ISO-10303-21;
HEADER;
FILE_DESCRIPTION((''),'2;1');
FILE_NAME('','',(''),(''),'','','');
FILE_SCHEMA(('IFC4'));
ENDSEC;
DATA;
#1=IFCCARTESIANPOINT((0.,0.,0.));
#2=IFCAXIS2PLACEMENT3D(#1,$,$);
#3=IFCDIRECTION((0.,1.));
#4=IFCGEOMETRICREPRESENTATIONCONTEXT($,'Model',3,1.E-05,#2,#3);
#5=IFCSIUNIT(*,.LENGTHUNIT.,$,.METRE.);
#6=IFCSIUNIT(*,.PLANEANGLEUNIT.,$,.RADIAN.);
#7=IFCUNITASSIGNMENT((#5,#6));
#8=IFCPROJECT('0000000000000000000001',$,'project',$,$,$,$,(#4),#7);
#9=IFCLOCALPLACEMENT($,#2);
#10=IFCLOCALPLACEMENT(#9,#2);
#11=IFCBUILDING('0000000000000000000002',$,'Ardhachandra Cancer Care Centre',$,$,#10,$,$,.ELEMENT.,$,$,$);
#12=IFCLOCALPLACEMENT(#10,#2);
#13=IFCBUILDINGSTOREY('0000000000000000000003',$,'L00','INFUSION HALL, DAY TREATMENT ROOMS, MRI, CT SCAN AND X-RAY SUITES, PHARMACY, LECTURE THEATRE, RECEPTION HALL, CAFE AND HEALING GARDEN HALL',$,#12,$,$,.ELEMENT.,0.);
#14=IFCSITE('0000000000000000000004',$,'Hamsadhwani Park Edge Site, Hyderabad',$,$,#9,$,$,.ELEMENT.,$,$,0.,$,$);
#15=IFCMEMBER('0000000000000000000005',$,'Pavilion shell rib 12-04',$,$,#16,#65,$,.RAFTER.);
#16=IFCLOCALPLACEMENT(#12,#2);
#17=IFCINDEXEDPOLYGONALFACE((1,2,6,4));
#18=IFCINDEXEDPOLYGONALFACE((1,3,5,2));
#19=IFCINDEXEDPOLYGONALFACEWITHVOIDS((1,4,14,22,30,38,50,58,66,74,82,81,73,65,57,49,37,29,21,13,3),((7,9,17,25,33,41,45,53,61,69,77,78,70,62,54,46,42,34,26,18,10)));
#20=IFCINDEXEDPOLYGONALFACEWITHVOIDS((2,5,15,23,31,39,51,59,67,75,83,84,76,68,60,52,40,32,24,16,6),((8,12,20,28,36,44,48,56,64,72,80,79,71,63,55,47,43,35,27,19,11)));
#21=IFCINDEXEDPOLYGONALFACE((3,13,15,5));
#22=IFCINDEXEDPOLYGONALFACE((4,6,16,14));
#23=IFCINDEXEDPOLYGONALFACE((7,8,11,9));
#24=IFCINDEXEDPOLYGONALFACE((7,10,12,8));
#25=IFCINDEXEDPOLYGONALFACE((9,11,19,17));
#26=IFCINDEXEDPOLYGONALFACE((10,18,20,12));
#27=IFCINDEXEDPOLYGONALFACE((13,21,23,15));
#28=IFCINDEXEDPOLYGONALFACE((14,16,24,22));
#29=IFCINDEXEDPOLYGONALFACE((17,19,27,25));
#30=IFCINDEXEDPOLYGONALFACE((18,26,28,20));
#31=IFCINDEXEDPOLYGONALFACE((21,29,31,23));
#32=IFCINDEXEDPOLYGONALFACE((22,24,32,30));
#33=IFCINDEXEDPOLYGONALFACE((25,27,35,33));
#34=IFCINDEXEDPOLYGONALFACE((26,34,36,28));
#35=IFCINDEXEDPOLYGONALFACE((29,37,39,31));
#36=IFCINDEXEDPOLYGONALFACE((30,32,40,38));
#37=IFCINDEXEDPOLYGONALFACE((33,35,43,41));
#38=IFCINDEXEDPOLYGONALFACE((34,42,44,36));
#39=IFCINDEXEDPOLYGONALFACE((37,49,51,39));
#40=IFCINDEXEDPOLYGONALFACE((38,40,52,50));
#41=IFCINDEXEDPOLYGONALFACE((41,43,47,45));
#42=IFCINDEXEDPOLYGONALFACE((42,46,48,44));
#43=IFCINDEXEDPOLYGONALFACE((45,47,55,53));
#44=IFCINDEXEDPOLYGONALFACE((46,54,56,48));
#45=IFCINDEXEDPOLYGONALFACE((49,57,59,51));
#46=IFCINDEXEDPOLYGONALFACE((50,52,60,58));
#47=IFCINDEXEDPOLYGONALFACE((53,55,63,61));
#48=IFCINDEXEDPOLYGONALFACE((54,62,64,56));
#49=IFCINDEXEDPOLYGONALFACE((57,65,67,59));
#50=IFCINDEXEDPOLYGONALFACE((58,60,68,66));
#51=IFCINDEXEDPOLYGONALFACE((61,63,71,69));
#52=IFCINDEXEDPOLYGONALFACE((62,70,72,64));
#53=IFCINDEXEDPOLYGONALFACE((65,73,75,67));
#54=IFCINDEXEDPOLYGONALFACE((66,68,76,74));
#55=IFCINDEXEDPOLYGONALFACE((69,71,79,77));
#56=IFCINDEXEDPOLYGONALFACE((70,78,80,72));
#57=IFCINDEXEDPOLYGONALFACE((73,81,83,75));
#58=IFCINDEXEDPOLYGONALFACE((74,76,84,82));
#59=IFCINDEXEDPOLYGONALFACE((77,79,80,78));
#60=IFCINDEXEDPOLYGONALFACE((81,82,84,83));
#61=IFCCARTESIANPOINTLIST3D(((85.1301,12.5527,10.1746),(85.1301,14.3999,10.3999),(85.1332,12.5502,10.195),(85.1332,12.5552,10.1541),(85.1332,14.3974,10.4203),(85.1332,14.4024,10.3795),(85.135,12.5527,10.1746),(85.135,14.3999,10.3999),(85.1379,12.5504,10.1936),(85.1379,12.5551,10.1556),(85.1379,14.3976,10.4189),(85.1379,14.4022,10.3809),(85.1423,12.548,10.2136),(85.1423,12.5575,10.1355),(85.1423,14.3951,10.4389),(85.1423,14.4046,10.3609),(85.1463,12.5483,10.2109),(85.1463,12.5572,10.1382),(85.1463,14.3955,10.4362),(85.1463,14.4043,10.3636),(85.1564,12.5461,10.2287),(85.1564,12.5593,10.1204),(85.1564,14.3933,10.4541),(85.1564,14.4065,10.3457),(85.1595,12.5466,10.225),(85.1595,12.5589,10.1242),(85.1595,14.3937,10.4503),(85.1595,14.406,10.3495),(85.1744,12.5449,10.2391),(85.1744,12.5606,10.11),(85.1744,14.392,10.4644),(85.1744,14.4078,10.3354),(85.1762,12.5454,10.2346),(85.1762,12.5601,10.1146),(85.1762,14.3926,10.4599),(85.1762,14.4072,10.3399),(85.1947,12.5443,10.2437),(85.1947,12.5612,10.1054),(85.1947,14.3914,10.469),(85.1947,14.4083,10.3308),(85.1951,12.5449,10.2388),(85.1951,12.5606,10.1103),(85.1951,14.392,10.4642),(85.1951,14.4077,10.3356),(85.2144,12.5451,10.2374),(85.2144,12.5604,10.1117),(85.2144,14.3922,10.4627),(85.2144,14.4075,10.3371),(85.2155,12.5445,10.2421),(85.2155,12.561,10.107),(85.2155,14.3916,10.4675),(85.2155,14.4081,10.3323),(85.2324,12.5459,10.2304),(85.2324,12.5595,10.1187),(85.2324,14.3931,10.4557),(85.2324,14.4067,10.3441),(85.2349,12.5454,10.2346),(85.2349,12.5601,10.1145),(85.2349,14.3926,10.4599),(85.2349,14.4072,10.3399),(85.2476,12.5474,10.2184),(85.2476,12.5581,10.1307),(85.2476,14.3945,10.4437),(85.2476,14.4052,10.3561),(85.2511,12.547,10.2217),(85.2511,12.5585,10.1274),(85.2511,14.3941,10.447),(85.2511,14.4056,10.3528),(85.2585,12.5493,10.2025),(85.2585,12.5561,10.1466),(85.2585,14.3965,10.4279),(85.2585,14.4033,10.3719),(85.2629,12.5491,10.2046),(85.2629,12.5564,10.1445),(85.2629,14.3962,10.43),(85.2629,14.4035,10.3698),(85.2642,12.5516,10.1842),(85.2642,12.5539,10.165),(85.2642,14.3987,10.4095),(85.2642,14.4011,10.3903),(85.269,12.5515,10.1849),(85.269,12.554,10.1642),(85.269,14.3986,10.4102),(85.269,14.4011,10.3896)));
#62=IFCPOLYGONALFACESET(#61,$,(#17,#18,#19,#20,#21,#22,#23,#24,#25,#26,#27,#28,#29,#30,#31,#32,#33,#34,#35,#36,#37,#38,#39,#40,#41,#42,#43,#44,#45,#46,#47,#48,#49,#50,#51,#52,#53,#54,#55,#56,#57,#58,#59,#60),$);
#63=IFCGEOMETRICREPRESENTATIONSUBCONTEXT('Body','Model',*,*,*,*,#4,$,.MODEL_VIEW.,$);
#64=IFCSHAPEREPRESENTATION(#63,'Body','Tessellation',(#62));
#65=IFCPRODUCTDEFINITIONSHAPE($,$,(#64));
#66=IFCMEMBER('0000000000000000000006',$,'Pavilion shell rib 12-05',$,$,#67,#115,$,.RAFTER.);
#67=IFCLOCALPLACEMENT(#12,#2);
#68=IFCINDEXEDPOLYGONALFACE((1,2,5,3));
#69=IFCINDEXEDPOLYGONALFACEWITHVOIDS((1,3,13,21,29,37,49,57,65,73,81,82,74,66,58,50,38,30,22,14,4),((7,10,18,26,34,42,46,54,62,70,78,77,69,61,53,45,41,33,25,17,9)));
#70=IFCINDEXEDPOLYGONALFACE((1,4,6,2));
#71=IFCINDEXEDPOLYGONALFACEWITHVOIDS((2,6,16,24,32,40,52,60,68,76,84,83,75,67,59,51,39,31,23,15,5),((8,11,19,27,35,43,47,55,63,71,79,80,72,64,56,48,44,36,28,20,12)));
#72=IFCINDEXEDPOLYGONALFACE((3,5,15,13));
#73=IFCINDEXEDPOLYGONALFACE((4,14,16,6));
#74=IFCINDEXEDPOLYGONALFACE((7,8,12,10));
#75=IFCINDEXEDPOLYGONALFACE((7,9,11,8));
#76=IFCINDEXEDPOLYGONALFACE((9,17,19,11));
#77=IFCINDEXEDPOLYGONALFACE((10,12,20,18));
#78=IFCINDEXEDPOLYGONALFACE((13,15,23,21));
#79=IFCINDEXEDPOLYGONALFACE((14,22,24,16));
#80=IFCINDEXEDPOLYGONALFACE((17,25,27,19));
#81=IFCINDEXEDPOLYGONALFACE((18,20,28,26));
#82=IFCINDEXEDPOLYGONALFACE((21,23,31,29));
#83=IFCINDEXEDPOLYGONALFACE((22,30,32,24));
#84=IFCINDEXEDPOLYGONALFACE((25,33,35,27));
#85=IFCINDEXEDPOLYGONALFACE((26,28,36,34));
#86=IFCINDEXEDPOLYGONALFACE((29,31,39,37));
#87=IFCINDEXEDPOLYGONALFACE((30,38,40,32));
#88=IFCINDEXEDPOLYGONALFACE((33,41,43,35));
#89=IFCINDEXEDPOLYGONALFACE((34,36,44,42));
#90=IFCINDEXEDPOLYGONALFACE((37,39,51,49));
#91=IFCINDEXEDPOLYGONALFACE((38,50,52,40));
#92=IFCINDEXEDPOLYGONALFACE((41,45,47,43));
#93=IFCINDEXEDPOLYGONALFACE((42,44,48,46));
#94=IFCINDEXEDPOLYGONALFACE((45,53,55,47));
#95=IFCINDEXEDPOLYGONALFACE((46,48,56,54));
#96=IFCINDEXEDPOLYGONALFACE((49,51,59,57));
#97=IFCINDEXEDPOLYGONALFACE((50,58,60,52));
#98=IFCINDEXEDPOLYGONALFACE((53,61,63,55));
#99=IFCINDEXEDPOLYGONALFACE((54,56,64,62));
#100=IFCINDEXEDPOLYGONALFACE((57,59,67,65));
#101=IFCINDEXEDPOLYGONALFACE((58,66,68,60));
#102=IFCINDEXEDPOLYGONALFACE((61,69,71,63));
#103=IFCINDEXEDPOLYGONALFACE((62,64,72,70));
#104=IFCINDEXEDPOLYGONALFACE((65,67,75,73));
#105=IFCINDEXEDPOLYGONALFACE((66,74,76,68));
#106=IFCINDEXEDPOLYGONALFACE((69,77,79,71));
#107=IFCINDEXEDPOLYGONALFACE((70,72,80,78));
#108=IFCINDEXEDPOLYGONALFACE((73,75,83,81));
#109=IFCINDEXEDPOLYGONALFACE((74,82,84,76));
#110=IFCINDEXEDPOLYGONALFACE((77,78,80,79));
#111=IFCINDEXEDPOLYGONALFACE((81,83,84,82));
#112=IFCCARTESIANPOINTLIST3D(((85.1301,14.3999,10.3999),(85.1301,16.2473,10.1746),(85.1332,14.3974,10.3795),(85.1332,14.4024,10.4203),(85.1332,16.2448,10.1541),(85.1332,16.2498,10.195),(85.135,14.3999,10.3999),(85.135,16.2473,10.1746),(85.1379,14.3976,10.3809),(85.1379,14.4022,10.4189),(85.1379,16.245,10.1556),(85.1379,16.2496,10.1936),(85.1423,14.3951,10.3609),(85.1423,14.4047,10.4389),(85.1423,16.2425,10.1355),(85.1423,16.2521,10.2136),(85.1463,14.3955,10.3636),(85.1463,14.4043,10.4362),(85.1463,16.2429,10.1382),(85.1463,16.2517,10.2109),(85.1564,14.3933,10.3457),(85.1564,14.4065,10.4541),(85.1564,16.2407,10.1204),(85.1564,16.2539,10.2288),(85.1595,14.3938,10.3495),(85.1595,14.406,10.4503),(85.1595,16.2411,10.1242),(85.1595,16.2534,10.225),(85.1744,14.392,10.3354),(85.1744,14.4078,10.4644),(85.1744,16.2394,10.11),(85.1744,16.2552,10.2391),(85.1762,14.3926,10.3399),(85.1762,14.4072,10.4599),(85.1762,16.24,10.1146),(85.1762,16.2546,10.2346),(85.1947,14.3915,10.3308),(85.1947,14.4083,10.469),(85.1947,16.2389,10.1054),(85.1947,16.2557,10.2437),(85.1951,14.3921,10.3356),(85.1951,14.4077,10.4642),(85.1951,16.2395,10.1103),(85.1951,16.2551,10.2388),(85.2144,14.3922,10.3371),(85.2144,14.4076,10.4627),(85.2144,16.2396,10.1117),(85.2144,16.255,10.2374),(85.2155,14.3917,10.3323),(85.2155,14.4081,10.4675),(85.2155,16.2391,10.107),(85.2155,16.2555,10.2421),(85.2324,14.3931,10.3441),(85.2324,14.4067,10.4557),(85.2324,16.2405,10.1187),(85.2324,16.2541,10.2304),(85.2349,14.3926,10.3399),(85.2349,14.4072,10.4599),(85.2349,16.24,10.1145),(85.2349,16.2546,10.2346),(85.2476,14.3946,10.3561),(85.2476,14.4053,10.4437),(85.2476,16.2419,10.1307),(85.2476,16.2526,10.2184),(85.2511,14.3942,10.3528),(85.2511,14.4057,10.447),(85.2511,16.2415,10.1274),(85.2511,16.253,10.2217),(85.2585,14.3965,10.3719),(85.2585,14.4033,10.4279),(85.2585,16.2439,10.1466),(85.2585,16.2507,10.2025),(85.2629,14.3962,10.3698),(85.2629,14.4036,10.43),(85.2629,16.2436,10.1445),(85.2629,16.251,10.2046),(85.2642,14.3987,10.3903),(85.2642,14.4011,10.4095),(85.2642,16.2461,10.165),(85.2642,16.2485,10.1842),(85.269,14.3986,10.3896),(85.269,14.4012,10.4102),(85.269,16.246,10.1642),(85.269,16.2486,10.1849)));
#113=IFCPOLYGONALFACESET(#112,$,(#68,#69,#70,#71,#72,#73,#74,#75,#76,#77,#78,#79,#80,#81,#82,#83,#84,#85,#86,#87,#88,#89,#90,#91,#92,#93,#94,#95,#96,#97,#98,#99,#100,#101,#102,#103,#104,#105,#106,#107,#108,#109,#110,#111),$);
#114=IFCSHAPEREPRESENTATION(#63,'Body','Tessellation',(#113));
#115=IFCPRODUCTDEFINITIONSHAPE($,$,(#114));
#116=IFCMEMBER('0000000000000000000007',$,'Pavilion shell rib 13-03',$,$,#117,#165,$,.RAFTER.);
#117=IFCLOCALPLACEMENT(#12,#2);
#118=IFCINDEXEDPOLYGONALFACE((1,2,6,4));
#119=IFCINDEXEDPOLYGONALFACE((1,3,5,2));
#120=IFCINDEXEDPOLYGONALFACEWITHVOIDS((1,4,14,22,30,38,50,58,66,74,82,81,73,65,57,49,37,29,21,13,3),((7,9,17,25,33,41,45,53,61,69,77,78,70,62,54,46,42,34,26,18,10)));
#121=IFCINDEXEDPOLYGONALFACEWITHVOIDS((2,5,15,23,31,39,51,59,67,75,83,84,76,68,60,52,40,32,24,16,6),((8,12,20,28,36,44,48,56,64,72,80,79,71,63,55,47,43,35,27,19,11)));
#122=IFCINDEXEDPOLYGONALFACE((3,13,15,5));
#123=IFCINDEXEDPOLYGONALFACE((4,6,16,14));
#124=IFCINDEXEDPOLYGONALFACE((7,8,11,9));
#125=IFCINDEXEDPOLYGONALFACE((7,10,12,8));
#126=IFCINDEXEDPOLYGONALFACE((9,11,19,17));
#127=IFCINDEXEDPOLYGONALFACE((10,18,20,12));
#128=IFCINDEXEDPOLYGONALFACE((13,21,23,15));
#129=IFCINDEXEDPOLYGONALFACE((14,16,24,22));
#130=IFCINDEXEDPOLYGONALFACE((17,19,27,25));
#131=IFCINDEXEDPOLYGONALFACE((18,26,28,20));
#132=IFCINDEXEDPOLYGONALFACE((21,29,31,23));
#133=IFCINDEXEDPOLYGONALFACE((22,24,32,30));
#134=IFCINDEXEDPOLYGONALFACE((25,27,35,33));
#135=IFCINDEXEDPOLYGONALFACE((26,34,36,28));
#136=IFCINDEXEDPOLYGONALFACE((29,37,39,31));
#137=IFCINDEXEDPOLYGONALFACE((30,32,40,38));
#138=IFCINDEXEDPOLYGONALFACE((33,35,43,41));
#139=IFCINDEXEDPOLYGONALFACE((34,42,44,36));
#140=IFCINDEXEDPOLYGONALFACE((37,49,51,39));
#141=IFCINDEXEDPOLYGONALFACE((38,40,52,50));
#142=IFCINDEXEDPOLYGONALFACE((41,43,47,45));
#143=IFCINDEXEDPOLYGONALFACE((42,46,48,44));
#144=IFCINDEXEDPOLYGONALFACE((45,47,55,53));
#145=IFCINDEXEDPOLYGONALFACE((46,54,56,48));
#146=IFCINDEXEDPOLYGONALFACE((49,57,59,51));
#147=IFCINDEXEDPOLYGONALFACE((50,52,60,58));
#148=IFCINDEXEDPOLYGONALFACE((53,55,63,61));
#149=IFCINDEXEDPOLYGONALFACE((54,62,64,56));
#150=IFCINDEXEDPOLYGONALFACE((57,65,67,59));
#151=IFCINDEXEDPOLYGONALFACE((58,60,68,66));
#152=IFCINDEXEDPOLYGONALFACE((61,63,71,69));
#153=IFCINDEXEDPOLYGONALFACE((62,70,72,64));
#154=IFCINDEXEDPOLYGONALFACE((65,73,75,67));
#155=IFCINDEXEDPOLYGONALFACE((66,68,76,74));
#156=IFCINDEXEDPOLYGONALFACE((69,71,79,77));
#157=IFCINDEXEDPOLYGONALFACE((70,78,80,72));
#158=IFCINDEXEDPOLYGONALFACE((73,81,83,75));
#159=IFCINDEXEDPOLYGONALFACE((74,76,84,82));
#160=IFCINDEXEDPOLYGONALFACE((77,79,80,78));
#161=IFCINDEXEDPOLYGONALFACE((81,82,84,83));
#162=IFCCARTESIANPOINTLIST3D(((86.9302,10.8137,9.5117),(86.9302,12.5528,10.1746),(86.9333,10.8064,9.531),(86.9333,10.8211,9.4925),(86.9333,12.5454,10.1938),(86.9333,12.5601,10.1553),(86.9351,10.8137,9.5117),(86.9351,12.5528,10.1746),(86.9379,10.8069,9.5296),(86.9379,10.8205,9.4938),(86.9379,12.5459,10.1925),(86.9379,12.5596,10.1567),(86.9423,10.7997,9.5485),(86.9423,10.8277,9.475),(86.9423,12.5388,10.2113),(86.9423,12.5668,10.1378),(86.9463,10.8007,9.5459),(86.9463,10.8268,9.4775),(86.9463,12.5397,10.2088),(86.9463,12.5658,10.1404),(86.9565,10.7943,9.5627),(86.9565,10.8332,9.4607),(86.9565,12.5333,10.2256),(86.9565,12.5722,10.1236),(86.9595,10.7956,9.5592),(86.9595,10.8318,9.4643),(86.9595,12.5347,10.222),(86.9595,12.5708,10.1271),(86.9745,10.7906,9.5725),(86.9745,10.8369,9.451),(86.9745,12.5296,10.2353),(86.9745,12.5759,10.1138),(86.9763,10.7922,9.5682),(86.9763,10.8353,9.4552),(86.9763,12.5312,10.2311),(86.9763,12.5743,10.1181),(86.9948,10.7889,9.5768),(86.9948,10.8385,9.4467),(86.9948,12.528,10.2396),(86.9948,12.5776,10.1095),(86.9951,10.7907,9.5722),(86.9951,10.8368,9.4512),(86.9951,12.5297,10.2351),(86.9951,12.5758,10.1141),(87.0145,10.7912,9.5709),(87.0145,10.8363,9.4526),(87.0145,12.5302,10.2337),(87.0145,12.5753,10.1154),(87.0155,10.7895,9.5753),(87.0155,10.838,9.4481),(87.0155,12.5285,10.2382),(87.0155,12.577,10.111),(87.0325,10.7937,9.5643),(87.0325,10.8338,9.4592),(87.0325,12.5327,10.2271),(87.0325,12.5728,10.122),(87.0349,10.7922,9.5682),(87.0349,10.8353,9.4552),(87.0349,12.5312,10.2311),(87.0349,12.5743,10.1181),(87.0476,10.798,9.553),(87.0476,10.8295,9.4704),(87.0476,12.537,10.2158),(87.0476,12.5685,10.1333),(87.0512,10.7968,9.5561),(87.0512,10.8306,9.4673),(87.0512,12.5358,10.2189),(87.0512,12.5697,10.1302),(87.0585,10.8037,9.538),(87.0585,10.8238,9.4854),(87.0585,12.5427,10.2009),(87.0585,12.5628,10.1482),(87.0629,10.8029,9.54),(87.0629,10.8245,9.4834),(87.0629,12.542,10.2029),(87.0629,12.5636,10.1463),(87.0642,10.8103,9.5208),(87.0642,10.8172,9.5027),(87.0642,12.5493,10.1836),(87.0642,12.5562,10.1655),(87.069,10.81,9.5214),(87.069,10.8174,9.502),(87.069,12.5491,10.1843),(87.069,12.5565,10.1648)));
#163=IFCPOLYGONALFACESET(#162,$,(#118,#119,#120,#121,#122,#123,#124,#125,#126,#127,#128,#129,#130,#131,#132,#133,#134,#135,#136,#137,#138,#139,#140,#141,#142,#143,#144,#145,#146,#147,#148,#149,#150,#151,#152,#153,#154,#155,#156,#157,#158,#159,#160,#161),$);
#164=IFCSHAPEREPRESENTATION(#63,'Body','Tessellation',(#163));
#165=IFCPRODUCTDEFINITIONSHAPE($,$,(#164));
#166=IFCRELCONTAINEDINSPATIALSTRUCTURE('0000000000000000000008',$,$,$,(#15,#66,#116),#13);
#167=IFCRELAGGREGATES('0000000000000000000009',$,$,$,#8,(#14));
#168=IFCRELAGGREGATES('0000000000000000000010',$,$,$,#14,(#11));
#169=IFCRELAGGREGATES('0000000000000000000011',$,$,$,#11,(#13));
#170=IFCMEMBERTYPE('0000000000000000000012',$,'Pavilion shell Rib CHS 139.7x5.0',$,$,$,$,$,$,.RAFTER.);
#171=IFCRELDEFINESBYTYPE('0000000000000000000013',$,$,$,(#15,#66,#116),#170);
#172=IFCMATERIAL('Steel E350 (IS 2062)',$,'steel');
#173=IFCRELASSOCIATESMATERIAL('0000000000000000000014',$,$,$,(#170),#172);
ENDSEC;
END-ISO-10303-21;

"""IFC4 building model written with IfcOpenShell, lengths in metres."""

from ifc_helpers import new_model, si_unit, direction, frame, origin, origin_2d, place, context, subcontext, project, spatial, hollow_circle, extrude, material, material_profile, profile_set, type_object, element, save


model = new_model("IFC4")

# Units and contexts
model_context = context("Model", 3, precision=1e-05, world=origin(), true_north=direction((0.0, 1.0)))
body_context = subcontext(model_context, "Body", "Model", "MODEL_VIEW")
ifc_project = project(units=[si_unit("LENGTHUNIT", "METRE"), si_unit("PLANEANGLEUNIT", "RADIAN")], contexts=[model_context])

# Site, building, storey
site_placement = place(None, origin())
site = spatial("IfcSite", under=ifc_project, at=site_placement, Name="Hamsadhwani Park Edge Site, Hyderabad", CompositionType="ELEMENT", RefElevation=0.0)
building_placement = place(site_placement, origin())
building = spatial("IfcBuilding", under=site, at=building_placement, Name="Ardhachandra Cancer Care Centre", CompositionType="ELEMENT")
storey_placement = place(building_placement, origin())
storey = spatial("IfcBuildingStorey", under=building, at=storey_placement, Name="L00", Description="INFUSION HALL, DAY TREATMENT ROOMS, MRI, CT SCAN AND X-RAY SUITES, PHARMACY, LECTURE THEATRE, RECEPTION HALL, CAFE AND HEALING GARDEN HALL", CompositionType="ELEMENT", Elevation=0.0)

# Members
ifc_material_1 = material(Name="Steel E350 (IS 2062)", Category="steel")
ifc_material_profile_1 = material_profile(ifc_material_1, hollow_circle(Radius=0.0698, WallThickness=0.0049, at=origin_2d()), Name="CHS 139.7x5.0")
ifc_profile_set_1 = profile_set([ifc_material_profile_1], Name="Steel E350 (IS 2062)")
member_type_1 = type_object("IfcMemberType", Name="Pavilion shell Rib CHS 139.7x5.0", PredefinedType="RAFTER", material=ifc_profile_set_1)
member_1_placement = place(storey_placement, frame((85.2, 12.5527, 10.1746), z_axis=(0.0, 0.992641, 0.121095), x_axis=(-1.0, 0.0, 0.0)))
element("IfcMember", 1, at=member_1_placement, inside=storey, type_object=member_type_1, Name="Pavilion shell rib 12-04", PredefinedType="RAFTER", context=body_context, shape_type="SweptSolid", body=[
    extrude(hollow_circle(Radius=0.0698, WallThickness=0.0049, at=origin_2d()), origin(), (0.0, 0.0, 1.0), 1.8608),
])
for number, where, z_axis, x_axis, name in (
    (2, (85.2, 14.3999, 10.3999), (0.0, 0.992643, -0.12108), (-1.0, 0.0, 0.0), "Pavilion shell rib 12-05"),
    (3, (87.0, 10.8137, 9.5117), (0.0, 0.934423, 0.356164), (-1.0, 0.0, 0.0), "Pavilion shell rib 13-03"),
):
    element("IfcMember", number, at=place(storey_placement, frame(where, z_axis=z_axis, x_axis=x_axis)), inside=storey, type_object=member_type_1, Name=name, PredefinedType="RAFTER", context=body_context, shape_type="SweptSolid", body=[
        extrude(hollow_circle(Radius=0.0698, WallThickness=0.0049, at=origin_2d()), origin(), (0.0, 0.0, 1.0), 1.8611),
    ])

save(model, "model.ifc")
